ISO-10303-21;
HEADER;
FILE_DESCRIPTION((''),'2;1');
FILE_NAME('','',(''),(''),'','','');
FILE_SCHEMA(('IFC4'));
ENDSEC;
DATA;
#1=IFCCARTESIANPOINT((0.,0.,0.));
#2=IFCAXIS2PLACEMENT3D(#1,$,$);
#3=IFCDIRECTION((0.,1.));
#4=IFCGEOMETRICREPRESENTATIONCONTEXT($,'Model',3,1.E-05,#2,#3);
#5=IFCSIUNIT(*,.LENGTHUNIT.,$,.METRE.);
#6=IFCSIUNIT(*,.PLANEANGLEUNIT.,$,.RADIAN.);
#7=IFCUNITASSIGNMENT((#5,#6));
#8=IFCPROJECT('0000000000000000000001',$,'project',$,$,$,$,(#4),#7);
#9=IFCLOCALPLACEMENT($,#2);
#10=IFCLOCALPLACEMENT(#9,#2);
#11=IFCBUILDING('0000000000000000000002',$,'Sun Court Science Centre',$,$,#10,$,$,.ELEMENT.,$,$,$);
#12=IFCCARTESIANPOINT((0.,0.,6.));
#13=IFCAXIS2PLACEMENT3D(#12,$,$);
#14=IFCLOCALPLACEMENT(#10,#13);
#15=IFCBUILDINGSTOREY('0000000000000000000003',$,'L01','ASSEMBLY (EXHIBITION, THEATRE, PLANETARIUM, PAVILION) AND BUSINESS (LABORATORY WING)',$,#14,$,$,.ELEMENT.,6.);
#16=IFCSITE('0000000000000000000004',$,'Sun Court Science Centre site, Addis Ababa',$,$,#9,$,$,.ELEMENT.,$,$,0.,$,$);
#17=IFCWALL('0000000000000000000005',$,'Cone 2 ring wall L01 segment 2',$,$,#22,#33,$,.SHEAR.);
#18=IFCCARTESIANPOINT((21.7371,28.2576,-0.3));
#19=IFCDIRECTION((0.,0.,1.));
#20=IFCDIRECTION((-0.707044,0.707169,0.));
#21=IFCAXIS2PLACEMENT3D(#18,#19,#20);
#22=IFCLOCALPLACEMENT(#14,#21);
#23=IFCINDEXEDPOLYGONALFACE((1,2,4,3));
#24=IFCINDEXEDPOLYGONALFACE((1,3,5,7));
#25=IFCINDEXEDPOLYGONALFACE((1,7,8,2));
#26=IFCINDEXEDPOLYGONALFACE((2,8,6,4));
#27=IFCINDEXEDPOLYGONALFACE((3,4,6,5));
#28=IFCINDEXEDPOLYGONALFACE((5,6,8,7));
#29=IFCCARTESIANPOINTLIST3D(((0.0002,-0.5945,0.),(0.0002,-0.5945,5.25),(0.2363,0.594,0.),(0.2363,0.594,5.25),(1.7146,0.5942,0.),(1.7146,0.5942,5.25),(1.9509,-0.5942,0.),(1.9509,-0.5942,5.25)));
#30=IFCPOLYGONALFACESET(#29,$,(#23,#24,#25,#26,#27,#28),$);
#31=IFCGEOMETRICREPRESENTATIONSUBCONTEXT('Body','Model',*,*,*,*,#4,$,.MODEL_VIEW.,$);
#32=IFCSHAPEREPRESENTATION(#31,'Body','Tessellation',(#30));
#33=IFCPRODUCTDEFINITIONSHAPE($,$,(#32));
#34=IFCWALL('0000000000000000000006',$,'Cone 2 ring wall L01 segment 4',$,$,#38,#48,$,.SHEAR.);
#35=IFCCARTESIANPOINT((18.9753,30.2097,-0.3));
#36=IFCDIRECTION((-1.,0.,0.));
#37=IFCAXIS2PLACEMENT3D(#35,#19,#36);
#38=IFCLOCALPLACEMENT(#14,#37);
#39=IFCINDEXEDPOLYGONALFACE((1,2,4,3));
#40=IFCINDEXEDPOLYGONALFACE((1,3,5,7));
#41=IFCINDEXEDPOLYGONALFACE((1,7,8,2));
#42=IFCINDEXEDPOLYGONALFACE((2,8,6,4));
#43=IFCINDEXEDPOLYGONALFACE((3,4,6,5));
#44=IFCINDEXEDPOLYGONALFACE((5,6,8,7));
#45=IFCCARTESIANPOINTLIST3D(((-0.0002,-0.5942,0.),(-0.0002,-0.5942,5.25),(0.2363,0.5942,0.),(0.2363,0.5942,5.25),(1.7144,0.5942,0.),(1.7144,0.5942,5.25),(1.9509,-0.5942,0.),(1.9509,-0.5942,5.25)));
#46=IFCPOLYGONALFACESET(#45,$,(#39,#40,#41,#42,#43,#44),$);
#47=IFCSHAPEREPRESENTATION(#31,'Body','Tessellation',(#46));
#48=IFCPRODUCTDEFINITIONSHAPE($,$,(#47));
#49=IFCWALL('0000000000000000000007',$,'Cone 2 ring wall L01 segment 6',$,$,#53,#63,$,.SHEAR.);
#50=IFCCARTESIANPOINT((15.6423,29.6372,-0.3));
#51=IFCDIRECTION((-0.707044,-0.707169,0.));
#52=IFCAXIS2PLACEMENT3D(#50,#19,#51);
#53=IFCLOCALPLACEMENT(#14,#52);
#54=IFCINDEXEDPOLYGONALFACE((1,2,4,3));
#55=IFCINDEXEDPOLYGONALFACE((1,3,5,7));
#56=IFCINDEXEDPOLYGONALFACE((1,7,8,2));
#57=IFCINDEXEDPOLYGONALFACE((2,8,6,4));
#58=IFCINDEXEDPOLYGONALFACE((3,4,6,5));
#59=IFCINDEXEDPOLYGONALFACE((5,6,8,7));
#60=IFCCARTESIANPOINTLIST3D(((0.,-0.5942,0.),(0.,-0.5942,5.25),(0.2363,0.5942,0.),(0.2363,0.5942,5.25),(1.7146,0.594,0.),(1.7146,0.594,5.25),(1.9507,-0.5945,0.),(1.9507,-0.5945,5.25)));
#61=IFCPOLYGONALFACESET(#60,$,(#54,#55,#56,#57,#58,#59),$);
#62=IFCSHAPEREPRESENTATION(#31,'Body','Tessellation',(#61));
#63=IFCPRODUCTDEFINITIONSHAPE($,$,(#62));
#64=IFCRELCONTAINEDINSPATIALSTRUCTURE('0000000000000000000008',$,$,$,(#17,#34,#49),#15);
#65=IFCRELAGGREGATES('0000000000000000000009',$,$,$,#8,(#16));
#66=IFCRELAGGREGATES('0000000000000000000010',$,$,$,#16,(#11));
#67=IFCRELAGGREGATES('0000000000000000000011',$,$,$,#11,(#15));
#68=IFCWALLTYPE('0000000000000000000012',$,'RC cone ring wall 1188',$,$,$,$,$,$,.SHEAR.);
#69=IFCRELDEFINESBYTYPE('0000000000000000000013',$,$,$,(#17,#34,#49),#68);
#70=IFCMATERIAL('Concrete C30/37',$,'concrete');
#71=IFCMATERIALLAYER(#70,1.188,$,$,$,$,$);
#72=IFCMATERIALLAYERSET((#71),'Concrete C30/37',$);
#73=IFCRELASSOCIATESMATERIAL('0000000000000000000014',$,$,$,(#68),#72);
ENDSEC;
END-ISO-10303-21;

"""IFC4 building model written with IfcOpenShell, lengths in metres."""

from ifc_helpers import new_model, si_unit, direction, frame, origin, place, context, subcontext, project, spatial, polyline, outline, extrude, material, layer, layer_set, type_object, element, save


model = new_model("IFC4")

# Units and contexts
model_context = context("Model", 3, precision=1e-05, world=origin(), true_north=direction((0.0, 1.0)))
body_context = subcontext(model_context, "Body", "Model", "MODEL_VIEW")
ifc_project = project(units=[si_unit("LENGTHUNIT", "METRE"), si_unit("PLANEANGLEUNIT", "RADIAN")], contexts=[model_context])

# Site, building, storey
site_placement = place(None, origin())
site = spatial("IfcSite", under=ifc_project, at=site_placement, Name="Sun Court Science Centre site, Addis Ababa", CompositionType="ELEMENT", RefElevation=0.0)
building_placement = place(site_placement, origin())
building = spatial("IfcBuilding", under=site, at=building_placement, Name="Sun Court Science Centre", CompositionType="ELEMENT")
storey_placement = place(building_placement, frame((0.0, 0.0, 6.0)))
storey = spatial("IfcBuildingStorey", under=building, at=storey_placement, Name="L01", Description="ASSEMBLY (EXHIBITION, THEATRE, PLANETARIUM, PAVILION) AND BUSINESS (LABORATORY WING)", CompositionType="ELEMENT", Elevation=6.0)

# Walls
ifc_material_1 = material(Name="Concrete C30/37", Category="concrete")
ifc_layer_1 = layer(ifc_material_1, 1.188)
ifc_layer_set_1 = layer_set([ifc_layer_1], Name="Concrete C30/37")
wall_type_1 = type_object("IfcWallType", Name="RC cone ring wall 1188", PredefinedType="SHEAR", material=ifc_layer_set_1)
wall_1_placement = place(storey_placement, frame((21.7371, 28.2576, -0.3), z_axis=(0.0, 0.0, 1.0), x_axis=(-0.707044, 0.707169, 0.0)))
element("IfcWall", 1, at=wall_1_placement, inside=storey, type_object=wall_type_1, Name="Cone 2 ring wall L01 segment 2", PredefinedType="SHEAR", context=body_context, shape_type="SweptSolid", body=[
    extrude(outline(polyline([(0.0002, -0.5945), (1.9509, -0.5942), (1.7146, 0.5942), (0.2363, 0.594), (0.0002, -0.5945)])), origin(), (0.0, 0.0, 1.0), 5.25),
])
wall_2_placement = place(storey_placement, frame((18.9753, 30.2097, -0.3), z_axis=(0.0, 0.0, 1.0), x_axis=(-1.0, 0.0, 0.0)))
element("IfcWall", 2, at=wall_2_placement, inside=storey, type_object=wall_type_1, Name="Cone 2 ring wall L01 segment 4", PredefinedType="SHEAR", context=body_context, shape_type="SweptSolid", body=[
    extrude(outline(polyline([(-0.0002, -0.5942), (1.9509, -0.5942), (1.7144, 0.5942), (0.2363, 0.5942), (-0.0002, -0.5942)])), origin(), (0.0, 0.0, 1.0), 5.25),
])
wall_3_placement = place(storey_placement, frame((15.6423, 29.6372, -0.3), z_axis=(0.0, 0.0, 1.0), x_axis=(-0.707044, -0.707169, 0.0)))
element("IfcWall", 3, at=wall_3_placement, inside=storey, type_object=wall_type_1, Name="Cone 2 ring wall L01 segment 6", PredefinedType="SHEAR", context=body_context, shape_type="SweptSolid", body=[
    extrude(outline(polyline([(0.0, -0.5942), (1.9507, -0.5945), (1.7146, 0.594), (0.2363, 0.5942), (0.0, -0.5942)])), origin(), (0.0, 0.0, 1.0), 5.25),
])

save(model, "model.ifc")
